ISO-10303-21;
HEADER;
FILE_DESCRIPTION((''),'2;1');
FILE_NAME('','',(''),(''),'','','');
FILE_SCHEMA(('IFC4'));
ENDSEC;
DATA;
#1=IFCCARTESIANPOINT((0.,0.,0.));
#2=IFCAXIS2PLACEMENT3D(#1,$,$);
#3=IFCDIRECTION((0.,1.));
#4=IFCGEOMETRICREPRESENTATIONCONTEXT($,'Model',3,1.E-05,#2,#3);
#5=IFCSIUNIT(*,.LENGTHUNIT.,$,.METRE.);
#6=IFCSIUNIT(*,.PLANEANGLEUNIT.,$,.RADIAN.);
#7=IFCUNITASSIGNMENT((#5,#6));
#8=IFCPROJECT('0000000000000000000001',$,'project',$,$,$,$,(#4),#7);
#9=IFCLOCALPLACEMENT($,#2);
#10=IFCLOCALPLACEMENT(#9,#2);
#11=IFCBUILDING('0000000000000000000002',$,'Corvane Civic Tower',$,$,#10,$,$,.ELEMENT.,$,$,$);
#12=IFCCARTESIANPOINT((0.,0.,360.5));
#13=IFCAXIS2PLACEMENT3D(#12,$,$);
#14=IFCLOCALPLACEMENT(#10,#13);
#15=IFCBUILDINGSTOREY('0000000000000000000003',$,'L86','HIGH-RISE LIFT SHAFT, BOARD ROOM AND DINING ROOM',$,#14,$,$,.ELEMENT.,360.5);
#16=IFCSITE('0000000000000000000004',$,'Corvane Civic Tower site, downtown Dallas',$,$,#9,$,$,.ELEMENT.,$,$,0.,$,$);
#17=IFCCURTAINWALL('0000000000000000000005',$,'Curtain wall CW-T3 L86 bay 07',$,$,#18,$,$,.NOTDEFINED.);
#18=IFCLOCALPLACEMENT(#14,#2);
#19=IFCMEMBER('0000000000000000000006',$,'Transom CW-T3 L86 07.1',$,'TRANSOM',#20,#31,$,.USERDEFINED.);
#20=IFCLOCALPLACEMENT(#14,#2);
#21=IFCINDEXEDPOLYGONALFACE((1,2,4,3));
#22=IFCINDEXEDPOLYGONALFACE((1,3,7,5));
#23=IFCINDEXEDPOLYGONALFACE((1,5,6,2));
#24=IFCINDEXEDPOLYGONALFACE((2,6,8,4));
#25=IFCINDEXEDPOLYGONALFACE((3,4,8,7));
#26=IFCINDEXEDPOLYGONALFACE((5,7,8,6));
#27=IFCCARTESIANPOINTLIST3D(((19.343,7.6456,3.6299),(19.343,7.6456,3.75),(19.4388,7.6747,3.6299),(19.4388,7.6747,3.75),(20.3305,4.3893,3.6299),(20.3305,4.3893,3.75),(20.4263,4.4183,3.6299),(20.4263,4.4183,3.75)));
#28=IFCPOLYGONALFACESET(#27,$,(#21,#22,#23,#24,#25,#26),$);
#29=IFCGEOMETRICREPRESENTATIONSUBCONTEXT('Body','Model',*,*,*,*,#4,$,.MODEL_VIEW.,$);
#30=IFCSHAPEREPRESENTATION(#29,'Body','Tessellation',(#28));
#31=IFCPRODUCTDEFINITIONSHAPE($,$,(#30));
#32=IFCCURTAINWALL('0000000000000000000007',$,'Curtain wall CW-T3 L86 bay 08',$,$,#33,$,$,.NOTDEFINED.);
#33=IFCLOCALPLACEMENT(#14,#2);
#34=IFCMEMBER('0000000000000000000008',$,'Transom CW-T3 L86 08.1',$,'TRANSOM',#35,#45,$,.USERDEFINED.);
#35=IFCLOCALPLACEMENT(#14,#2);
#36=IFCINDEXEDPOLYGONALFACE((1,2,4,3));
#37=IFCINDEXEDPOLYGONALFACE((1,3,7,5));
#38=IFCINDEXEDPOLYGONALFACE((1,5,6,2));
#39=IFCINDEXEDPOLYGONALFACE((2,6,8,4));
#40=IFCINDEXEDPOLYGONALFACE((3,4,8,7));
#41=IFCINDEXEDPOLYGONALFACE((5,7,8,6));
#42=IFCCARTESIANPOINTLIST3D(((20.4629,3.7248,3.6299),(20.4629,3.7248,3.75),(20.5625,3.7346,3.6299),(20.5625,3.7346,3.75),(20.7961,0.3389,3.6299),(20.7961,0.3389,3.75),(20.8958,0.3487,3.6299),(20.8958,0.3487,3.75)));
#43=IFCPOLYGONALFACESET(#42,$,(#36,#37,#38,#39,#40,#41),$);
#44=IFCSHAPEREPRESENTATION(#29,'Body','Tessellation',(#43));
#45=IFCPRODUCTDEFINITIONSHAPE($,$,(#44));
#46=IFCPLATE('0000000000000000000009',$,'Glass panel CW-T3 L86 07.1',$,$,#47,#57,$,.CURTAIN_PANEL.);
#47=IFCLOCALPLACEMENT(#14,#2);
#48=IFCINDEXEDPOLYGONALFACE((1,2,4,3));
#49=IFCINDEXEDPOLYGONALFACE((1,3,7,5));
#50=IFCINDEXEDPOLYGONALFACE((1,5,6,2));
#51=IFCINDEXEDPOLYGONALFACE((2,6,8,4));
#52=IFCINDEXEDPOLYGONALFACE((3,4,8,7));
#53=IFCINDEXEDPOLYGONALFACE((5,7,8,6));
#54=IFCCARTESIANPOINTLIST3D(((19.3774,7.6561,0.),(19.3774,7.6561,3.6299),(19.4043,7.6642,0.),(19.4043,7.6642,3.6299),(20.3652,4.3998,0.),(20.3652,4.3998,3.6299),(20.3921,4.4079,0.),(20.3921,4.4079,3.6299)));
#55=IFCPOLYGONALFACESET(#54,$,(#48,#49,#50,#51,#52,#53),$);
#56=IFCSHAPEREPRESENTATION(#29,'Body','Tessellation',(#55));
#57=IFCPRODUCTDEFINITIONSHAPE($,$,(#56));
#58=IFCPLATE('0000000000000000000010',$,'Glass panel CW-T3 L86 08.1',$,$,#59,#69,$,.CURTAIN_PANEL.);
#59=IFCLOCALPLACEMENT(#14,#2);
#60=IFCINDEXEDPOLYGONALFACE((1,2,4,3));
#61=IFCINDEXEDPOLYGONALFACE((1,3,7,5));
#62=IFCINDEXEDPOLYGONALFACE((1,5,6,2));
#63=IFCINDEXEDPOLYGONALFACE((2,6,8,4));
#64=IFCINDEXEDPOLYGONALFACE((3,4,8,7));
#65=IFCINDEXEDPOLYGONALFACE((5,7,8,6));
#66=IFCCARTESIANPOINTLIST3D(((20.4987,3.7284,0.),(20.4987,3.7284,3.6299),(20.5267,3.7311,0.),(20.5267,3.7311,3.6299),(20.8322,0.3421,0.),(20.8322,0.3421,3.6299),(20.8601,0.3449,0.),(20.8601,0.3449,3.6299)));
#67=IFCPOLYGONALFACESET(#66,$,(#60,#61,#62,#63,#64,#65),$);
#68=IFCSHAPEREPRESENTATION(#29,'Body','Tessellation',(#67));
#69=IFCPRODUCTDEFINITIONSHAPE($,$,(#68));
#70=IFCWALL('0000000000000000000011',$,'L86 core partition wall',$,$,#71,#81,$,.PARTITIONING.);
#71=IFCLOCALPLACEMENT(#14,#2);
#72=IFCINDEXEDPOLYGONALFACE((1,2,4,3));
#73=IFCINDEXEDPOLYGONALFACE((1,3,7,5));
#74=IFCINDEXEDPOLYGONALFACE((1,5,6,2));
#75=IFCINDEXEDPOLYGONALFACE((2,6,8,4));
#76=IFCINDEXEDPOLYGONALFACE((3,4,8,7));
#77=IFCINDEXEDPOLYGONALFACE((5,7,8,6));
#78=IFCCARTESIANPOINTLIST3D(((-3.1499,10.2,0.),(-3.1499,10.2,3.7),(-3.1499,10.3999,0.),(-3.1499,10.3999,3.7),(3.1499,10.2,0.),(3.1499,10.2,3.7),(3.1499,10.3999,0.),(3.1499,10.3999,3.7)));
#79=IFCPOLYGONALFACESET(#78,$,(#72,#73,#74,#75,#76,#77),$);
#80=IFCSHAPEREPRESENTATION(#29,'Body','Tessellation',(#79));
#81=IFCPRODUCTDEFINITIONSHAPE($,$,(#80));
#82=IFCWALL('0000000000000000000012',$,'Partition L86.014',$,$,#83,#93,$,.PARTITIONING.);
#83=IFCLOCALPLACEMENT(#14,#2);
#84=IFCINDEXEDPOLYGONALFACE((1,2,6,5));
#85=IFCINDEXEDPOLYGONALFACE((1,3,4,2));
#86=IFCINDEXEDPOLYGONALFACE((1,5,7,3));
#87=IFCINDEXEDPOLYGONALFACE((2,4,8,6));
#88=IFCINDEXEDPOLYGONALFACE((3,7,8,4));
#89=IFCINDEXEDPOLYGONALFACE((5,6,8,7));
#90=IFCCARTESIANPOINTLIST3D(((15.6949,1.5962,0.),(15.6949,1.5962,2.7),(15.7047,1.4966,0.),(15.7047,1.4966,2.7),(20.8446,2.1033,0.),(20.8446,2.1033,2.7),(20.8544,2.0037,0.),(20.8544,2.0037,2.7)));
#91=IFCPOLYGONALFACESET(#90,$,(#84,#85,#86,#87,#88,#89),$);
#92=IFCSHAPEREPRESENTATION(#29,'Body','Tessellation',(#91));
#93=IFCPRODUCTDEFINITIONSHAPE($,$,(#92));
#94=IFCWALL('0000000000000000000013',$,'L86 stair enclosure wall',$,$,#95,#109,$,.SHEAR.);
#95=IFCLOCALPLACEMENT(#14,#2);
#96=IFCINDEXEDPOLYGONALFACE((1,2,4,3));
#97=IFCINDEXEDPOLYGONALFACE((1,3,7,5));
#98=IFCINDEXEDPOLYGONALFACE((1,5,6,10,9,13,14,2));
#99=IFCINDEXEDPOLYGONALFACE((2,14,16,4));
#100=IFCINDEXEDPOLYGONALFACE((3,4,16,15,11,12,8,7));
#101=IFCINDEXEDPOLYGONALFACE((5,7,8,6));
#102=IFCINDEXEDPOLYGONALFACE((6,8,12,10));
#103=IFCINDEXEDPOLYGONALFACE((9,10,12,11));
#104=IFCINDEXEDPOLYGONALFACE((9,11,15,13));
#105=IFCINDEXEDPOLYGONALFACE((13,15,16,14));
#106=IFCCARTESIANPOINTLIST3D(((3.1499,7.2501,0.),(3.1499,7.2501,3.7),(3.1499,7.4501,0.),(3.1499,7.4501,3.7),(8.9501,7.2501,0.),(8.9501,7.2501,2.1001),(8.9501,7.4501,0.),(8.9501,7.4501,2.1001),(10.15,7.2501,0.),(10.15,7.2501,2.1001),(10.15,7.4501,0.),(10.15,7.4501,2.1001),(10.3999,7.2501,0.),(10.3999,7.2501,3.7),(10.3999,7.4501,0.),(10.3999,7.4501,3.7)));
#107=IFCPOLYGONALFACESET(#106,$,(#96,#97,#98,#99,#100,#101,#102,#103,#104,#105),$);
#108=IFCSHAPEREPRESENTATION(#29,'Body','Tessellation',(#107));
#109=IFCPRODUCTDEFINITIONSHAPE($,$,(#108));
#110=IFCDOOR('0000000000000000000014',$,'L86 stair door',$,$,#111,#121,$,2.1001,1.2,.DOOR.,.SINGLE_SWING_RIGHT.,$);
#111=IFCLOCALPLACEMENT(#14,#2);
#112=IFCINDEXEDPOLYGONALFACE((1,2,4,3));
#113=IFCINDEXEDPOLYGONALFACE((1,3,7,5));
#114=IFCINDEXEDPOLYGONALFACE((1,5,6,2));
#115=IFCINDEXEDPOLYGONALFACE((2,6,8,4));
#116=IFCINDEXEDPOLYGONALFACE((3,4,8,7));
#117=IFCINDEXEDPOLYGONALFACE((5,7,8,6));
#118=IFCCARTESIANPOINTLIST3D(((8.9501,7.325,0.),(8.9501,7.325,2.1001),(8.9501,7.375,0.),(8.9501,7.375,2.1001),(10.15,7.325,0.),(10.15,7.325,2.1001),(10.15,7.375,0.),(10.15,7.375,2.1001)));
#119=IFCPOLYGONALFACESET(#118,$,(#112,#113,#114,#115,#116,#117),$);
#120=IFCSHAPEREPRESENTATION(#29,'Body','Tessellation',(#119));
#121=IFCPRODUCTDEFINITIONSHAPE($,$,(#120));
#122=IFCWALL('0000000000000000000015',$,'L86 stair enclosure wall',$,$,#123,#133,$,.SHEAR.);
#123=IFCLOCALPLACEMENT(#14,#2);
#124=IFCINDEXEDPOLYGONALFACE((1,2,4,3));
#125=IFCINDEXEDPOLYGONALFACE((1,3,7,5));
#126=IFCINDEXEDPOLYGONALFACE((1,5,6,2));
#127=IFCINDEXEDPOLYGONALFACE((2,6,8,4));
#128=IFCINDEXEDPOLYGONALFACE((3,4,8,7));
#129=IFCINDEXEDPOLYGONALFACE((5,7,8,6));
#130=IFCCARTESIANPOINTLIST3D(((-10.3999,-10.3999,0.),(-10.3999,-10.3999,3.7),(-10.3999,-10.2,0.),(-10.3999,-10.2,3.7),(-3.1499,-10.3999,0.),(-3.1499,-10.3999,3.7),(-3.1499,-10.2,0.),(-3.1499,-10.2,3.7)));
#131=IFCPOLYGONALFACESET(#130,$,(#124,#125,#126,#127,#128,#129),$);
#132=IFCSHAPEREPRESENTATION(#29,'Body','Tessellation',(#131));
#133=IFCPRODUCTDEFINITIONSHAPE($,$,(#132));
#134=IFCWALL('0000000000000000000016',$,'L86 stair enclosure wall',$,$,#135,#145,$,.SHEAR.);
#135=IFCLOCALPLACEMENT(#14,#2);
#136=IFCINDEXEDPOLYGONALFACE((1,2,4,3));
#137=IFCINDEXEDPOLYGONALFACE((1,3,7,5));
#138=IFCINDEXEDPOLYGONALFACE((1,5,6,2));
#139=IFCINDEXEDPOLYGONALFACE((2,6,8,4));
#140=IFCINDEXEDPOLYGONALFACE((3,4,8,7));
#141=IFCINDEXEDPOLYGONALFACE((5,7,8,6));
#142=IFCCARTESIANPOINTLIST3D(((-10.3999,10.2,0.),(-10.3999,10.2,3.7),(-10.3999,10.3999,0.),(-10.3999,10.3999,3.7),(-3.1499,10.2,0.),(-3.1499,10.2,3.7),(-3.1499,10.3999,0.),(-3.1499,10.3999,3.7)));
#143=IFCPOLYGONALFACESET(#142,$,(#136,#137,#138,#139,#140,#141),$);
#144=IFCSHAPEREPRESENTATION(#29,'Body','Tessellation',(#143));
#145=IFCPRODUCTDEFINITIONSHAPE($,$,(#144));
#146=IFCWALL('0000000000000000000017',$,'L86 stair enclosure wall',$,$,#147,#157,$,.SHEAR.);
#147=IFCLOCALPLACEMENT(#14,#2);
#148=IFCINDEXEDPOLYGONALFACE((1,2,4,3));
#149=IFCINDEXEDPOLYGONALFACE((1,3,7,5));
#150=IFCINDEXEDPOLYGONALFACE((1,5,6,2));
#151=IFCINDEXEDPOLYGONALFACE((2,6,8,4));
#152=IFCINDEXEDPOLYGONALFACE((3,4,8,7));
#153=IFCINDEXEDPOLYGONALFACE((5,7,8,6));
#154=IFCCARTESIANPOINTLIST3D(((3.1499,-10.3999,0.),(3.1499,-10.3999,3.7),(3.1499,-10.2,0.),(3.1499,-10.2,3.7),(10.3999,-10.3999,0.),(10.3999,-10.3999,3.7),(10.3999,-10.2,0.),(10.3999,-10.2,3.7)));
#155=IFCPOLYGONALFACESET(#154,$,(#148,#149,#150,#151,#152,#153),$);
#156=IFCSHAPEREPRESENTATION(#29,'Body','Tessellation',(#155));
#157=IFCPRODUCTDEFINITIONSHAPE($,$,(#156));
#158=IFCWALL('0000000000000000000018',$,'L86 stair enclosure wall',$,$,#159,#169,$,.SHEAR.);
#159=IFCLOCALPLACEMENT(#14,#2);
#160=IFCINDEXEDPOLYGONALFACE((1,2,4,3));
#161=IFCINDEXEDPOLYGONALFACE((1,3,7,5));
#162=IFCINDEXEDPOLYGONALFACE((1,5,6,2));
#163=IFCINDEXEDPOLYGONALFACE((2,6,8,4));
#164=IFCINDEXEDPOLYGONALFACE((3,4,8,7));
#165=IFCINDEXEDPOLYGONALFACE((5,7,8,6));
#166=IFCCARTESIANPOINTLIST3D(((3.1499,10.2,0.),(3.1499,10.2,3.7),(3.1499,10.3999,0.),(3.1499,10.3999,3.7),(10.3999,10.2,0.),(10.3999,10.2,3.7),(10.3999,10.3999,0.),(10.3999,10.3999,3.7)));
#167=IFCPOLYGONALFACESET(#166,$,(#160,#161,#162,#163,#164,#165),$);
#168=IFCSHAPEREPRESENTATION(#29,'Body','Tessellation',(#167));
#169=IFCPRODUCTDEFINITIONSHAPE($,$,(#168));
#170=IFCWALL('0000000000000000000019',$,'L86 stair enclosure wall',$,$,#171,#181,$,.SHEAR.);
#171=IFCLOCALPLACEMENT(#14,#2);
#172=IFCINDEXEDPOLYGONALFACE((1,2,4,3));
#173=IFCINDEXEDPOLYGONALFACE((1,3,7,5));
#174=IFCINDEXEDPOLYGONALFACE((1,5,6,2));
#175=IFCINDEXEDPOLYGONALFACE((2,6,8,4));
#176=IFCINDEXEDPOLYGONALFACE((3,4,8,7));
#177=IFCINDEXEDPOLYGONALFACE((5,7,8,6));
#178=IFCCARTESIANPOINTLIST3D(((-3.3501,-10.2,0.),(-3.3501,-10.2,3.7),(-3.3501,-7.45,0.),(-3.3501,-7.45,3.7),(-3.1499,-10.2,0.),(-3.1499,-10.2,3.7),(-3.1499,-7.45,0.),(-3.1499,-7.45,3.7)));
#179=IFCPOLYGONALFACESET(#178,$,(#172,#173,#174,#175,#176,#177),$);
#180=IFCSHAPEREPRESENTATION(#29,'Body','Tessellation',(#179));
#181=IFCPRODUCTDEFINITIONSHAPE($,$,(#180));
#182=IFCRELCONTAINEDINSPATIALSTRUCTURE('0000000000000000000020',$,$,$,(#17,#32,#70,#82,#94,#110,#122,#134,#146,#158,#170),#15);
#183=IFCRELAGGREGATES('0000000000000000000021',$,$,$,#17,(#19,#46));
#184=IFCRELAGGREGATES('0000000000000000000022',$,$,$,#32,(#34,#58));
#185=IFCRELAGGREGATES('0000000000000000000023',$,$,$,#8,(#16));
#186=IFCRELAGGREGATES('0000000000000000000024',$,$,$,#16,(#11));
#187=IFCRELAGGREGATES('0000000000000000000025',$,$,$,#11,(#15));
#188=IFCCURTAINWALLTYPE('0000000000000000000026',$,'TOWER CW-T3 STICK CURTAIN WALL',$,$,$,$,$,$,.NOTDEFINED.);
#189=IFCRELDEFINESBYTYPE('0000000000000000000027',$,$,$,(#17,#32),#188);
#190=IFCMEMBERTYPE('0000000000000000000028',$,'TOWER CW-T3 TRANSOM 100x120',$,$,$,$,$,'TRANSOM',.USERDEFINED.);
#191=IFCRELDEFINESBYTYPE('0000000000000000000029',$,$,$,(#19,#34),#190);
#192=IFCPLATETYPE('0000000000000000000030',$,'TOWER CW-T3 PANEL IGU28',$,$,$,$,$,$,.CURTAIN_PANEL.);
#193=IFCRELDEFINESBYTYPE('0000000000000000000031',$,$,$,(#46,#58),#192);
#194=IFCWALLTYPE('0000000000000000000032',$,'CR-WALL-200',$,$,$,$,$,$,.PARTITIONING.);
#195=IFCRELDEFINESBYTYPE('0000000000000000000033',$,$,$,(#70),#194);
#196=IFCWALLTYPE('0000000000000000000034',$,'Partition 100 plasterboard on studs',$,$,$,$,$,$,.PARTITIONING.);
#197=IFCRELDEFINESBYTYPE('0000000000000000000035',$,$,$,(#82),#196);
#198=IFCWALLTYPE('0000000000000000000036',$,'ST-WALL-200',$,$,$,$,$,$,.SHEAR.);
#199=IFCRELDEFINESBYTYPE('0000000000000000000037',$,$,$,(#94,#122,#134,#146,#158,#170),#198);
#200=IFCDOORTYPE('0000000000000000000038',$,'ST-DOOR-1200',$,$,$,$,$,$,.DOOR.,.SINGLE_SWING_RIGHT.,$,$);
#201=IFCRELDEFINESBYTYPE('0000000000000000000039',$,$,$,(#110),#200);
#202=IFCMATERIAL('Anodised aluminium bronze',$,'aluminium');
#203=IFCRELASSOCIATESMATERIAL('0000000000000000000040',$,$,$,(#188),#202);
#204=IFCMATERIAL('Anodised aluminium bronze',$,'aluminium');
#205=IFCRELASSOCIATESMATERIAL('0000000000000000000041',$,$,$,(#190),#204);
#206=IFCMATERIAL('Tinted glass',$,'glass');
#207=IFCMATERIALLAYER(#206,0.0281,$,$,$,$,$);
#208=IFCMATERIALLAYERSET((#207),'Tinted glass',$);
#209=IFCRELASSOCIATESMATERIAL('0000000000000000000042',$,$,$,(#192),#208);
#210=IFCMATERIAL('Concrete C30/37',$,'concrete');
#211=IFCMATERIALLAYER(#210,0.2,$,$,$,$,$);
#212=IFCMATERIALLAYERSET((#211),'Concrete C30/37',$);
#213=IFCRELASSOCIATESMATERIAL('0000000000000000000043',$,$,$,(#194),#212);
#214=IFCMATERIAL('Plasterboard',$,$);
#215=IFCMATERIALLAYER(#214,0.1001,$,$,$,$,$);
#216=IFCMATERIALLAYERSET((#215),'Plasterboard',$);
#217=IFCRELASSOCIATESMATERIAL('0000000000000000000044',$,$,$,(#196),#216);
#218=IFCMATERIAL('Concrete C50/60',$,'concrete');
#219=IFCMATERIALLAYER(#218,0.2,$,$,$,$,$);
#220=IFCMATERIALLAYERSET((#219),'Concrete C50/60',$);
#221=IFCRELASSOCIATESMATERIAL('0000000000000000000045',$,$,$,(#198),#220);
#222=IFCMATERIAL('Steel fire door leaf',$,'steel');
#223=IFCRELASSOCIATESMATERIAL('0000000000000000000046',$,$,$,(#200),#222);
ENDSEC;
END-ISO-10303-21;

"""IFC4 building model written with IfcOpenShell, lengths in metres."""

from ifc_helpers import new_model, si_unit, direction, frame, frame_2d, origin, origin_2d, place, context, subcontext, project, spatial, polyline, rectangle, outline, extrude, material, layer, layer_set, material_profile, profile_set, type_object, element, fill, aggregate, save


model = new_model("IFC4")

# Units and contexts
model_context = context("Model", 3, precision=1e-05, world=origin(), true_north=direction((0.0, 1.0)))
body_context = subcontext(model_context, "Body", "Model", "MODEL_VIEW")
ifc_project = project(units=[si_unit("LENGTHUNIT", "METRE"), si_unit("PLANEANGLEUNIT", "RADIAN")], contexts=[model_context])

# Site, building, storey
site_placement = place(None, origin())
site = spatial("IfcSite", under=ifc_project, at=site_placement, Name="Corvane Civic Tower site, downtown Dallas", CompositionType="ELEMENT", RefElevation=0.0)
building_placement = place(site_placement, origin())
building = spatial("IfcBuilding", under=site, at=building_placement, Name="Corvane Civic Tower", CompositionType="ELEMENT")
storey_placement = place(building_placement, frame((0.0, 0.0, 360.5)))
storey = spatial("IfcBuildingStorey", under=building, at=storey_placement, Name="L86", Description="HIGH-RISE LIFT SHAFT, BOARD ROOM AND DINING ROOM", CompositionType="ELEMENT", Elevation=360.5)

# Curtain walls, members
ifc_material_1 = material(Name="Anodised aluminium bronze", Category="aluminium")
curtain_wall_type = type_object("IfcCurtainWallType", Name="TOWER CW-T3 STICK CURTAIN WALL", PredefinedType="NOTDEFINED", material=ifc_material_1)
curtain_wall_1_placement = place(storey_placement, origin())
curtain_wall_1 = element("IfcCurtainWall", 1, at=curtain_wall_1_placement, inside=storey, type_object=curtain_wall_type, Name="Curtain wall CW-T3 L86 bay 07", PredefinedType="NOTDEFINED")
ifc_material_2 = material(Name="Anodised aluminium bronze", Category="aluminium")
ifc_material_profile_1 = material_profile(ifc_material_2, rectangle(XDim=0.1001, YDim=0.1201, at=origin_2d()), Name="TOWER CW-T3 TRANSOM 100x120")
ifc_profile_set_1 = profile_set([ifc_material_profile_1], Name="Anodised aluminium bronze")
member_type = type_object("IfcMemberType", Name="TOWER CW-T3 TRANSOM 100x120", ElementType="TRANSOM", PredefinedType="USERDEFINED", material=ifc_profile_set_1)
member_1_placement = place(storey_placement, frame((19.3909, 7.6602, 3.6899), z_axis=(0.290216, -0.956961, 0.0), x_axis=(0.956961, 0.290216, 0.0)))
member_1 = element("IfcMember", 2, at=member_1_placement, type_object=member_type, Name="Transom CW-T3 L86 07.1", ObjectType="TRANSOM", PredefinedType="USERDEFINED", context=body_context, shape_type="SweptSolid", body=[
    extrude(rectangle(XDim=0.1001, YDim=0.1201, at=origin_2d()), origin(), (0.0, 0.0, 1.0), 3.4028),
])
curtain_wall_2_placement = place(storey_placement, origin())
curtain_wall_2 = element("IfcCurtainWall", 3, at=curtain_wall_2_placement, inside=storey, type_object=curtain_wall_type, Name="Curtain wall CW-T3 L86 bay 08", PredefinedType="NOTDEFINED")
member_2_placement = place(storey_placement, frame((20.5127, 3.7297, 3.6899), z_axis=(0.097948, -0.995192, 0.0), x_axis=(0.995192, 0.097948, 0.0)))
member_2 = element("IfcMember", 4, at=member_2_placement, type_object=member_type, Name="Transom CW-T3 L86 08.1", ObjectType="TRANSOM", PredefinedType="USERDEFINED", context=body_context, shape_type="SweptSolid", body=[
    extrude(rectangle(XDim=0.1001, YDim=0.1201, at=origin_2d()), origin(), (0.0, 0.0, 1.0), 3.4023),
])

# Plates
ifc_material_3 = material(Name="Tinted glass", Category="glass")
ifc_layer_1 = layer(ifc_material_3, 0.0281)
ifc_layer_set_1 = layer_set([ifc_layer_1], Name="Tinted glass")
plate_type = type_object("IfcPlateType", Name="TOWER CW-T3 PANEL IGU28", PredefinedType="CURTAIN_PANEL", material=ifc_layer_set_1)
plate_1_placement = place(storey_placement, frame((19.8848, 6.032, 0.0), z_axis=(0.0, 0.0, 1.0), x_axis=(0.29029, -0.956939, 0.0)))
plate_1 = element("IfcPlate", 5, at=plate_1_placement, type_object=plate_type, Name="Glass panel CW-T3 L86 07.1", PredefinedType="CURTAIN_PANEL", context=body_context, shape_type="SweptSolid", body=[
    extrude(rectangle(XDim=3.4028, YDim=0.0281, at=origin_2d()), origin(), (0.0, 0.0, 1.0), 3.6299),
])
aggregate(curtain_wall_1, [member_1, plate_1])
plate_2_placement = place(storey_placement, frame((20.6794, 2.0366, 0.0), z_axis=(0.0, 0.0, 1.0), x_axis=(0.097998, -0.995187, 0.0)))
plate_2 = element("IfcPlate", 6, at=plate_2_placement, type_object=plate_type, Name="Glass panel CW-T3 L86 08.1", PredefinedType="CURTAIN_PANEL", context=body_context, shape_type="SweptSolid", body=[
    extrude(rectangle(XDim=3.4026, YDim=0.0281, at=origin_2d()), origin(), (0.0, 0.0, 1.0), 3.6299),
])
aggregate(curtain_wall_2, [member_2, plate_2])

# Walls
ifc_material_4 = material(Name="Concrete C30/37", Category="concrete")
ifc_layer_2 = layer(ifc_material_4, 0.2)
ifc_layer_set_2 = layer_set([ifc_layer_2], Name="Concrete C30/37")
wall_type_1 = type_object("IfcWallType", Name="CR-WALL-200", PredefinedType="PARTITIONING", material=ifc_layer_set_2)
wall_1_placement = place(storey_placement, origin())
element("IfcWall", 7, at=wall_1_placement, inside=storey, type_object=wall_type_1, Name="L86 core partition wall", PredefinedType="PARTITIONING", context=body_context, shape_type="SweptSolid", body=[
    extrude(outline(polyline([(3.1499, 10.2), (-3.1499, 10.2), (-3.1499, 10.3999), (3.1499, 10.3999), (3.1499, 10.2)])), origin(), (0.0, 0.0, 1.0), 3.7),
])
ifc_material_5 = material(Name="Plasterboard")
ifc_layer_3 = layer(ifc_material_5, 0.1001)
ifc_layer_set_3 = layer_set([ifc_layer_3], Name="Plasterboard")
wall_type_2 = type_object("IfcWallType", Name="Partition 100 plasterboard on studs", PredefinedType="PARTITIONING", material=ifc_layer_set_3)
wall_2_placement = place(storey_placement, frame((15.6997, 1.5464, 0.0), z_axis=(0.0, 0.0, 1.0), x_axis=(0.995187, 0.097995, 0.0)))
element("IfcWall", 8, at=wall_2_placement, inside=storey, type_object=wall_type_2, Name="Partition L86.014", PredefinedType="PARTITIONING", context=body_context, shape_type="SweptSolid", body=[
    extrude(rectangle(XDim=5.1746, YDim=0.1001, at=frame_2d((2.5874, 0.0))), origin(), (0.0, 0.0, 1.0), 2.7),
])

# Wall, opening, door
ifc_material_6 = material(Name="Concrete C50/60", Category="concrete")
ifc_layer_4 = layer(ifc_material_6, 0.2)
ifc_layer_set_4 = layer_set([ifc_layer_4], Name="Concrete C50/60")
wall_type_3 = type_object("IfcWallType", Name="ST-WALL-200", PredefinedType="SHEAR", material=ifc_layer_set_4)
wall_3_placement = place(storey_placement, frame((3.1499, 7.3501, 0.0), z_axis=(0.0, 0.0, 1.0), x_axis=(1.0, 0.0, 0.0)))
wall_3 = element("IfcWall", 9, at=wall_3_placement, inside=storey, type_object=wall_type_3, Name="L86 stair enclosure wall", PredefinedType="SHEAR", context=body_context, shape_type="SweptSolid", body=[
    extrude(rectangle(XDim=7.25, YDim=0.2, at=frame_2d((3.625, 0.0))), origin(), (0.0, 0.0, 1.0), 3.7),
])
opening_1_placement = place(wall_3_placement, frame((5.8, 0.0, 0.0)))
opening_1 = element("IfcOpeningElement", 10, at=opening_1_placement, cuts=wall_3, PredefinedType="OPENING", context=body_context, shape_type="SweptSolid", body=[
    extrude(rectangle(XDim=1.2, YDim=2.1001, at=frame_2d((0.6001, 1.05))), frame((0.0, 0.1099, 0.0), z_axis=(0.0, -1.0, 0.0), x_axis=(1.0, 0.0, 0.0)), (0.0, 0.0, 1.0), 0.22),
])
ifc_material_7 = material(Name="Steel fire door leaf", Category="steel")
door_type_1 = type_object("IfcDoorType", Name="ST-DOOR-1200", OperationType="SINGLE_SWING_RIGHT", PredefinedType="DOOR", material=ifc_material_7)
door_1_placement = place(opening_1_placement, origin())
door_1 = element("IfcDoor", 11, at=door_1_placement, inside=storey, type_object=door_type_1, Name="L86 stair door", OperationType="SINGLE_SWING_RIGHT", OverallHeight=2.1001, OverallWidth=1.2, PredefinedType="DOOR", context=body_context, shape_type="SweptSolid", body=[
    extrude(rectangle(XDim=1.2, YDim=2.1001, at=frame_2d((0.6001, 1.05))), frame((0.0, 0.0249, 0.0), z_axis=(0.0, -1.0, 0.0), x_axis=(1.0, 0.0, 0.0)), (0.0, 0.0, 1.0), 0.05),
])
fill(opening_1, door_1)

# Walls
wall_4_placement = place(storey_placement, origin())
element("IfcWall", 12, at=wall_4_placement, inside=storey, type_object=wall_type_3, Name="L86 stair enclosure wall", PredefinedType="SHEAR", context=body_context, shape_type="SweptSolid", body=[
    extrude(outline(polyline([(-3.1499, -10.2), (-3.1499, -10.3999), (-10.3999, -10.3999), (-10.3999, -10.2), (-3.1499, -10.2)])), origin(), (0.0, 0.0, 1.0), 3.7),
])
wall_5_placement = place(storey_placement, origin())
element("IfcWall", 13, at=wall_5_placement, inside=storey, type_object=wall_type_3, Name="L86 stair enclosure wall", PredefinedType="SHEAR", context=body_context, shape_type="SweptSolid", body=[
    extrude(outline(polyline([(-3.1499, 10.2), (-10.3999, 10.2), (-10.3999, 10.3999), (-3.1499, 10.3999), (-3.1499, 10.2)])), origin(), (0.0, 0.0, 1.0), 3.7),
])
wall_6_placement = place(storey_placement, origin())
element("IfcWall", 14, at=wall_6_placement, inside=storey, type_object=wall_type_3, Name="L86 stair enclosure wall", PredefinedType="SHEAR", context=body_context, shape_type="SweptSolid", body=[
    extrude(outline(polyline([(10.3999, -10.3999), (3.1499, -10.3999), (3.1499, -10.2), (10.3999, -10.2), (10.3999, -10.3999)])), origin(), (0.0, 0.0, 1.0), 3.7),
])
wall_7_placement = place(storey_placement, origin())
element("IfcWall", 15, at=wall_7_placement, inside=storey, type_object=wall_type_3, Name="L86 stair enclosure wall", PredefinedType="SHEAR", context=body_context, shape_type="SweptSolid", body=[
    extrude(outline(polyline([(10.3999, 10.2), (3.1499, 10.2), (3.1499, 10.3999), (10.3999, 10.3999), (10.3999, 10.2)])), origin(), (0.0, 0.0, 1.0), 3.7),
])
wall_8_placement = place(storey_placement, origin())
element("IfcWall", 16, at=wall_8_placement, inside=storey, type_object=wall_type_3, Name="L86 stair enclosure wall", PredefinedType="SHEAR", context=body_context, shape_type="SweptSolid", body=[
    extrude(outline(polyline([(-3.1499, -7.45), (-3.1499, -10.2), (-3.3501, -10.2), (-3.3501, -7.45), (-3.1499, -7.45)])), origin(), (0.0, 0.0, 1.0), 3.7),
])

save(model, "model.ifc")
